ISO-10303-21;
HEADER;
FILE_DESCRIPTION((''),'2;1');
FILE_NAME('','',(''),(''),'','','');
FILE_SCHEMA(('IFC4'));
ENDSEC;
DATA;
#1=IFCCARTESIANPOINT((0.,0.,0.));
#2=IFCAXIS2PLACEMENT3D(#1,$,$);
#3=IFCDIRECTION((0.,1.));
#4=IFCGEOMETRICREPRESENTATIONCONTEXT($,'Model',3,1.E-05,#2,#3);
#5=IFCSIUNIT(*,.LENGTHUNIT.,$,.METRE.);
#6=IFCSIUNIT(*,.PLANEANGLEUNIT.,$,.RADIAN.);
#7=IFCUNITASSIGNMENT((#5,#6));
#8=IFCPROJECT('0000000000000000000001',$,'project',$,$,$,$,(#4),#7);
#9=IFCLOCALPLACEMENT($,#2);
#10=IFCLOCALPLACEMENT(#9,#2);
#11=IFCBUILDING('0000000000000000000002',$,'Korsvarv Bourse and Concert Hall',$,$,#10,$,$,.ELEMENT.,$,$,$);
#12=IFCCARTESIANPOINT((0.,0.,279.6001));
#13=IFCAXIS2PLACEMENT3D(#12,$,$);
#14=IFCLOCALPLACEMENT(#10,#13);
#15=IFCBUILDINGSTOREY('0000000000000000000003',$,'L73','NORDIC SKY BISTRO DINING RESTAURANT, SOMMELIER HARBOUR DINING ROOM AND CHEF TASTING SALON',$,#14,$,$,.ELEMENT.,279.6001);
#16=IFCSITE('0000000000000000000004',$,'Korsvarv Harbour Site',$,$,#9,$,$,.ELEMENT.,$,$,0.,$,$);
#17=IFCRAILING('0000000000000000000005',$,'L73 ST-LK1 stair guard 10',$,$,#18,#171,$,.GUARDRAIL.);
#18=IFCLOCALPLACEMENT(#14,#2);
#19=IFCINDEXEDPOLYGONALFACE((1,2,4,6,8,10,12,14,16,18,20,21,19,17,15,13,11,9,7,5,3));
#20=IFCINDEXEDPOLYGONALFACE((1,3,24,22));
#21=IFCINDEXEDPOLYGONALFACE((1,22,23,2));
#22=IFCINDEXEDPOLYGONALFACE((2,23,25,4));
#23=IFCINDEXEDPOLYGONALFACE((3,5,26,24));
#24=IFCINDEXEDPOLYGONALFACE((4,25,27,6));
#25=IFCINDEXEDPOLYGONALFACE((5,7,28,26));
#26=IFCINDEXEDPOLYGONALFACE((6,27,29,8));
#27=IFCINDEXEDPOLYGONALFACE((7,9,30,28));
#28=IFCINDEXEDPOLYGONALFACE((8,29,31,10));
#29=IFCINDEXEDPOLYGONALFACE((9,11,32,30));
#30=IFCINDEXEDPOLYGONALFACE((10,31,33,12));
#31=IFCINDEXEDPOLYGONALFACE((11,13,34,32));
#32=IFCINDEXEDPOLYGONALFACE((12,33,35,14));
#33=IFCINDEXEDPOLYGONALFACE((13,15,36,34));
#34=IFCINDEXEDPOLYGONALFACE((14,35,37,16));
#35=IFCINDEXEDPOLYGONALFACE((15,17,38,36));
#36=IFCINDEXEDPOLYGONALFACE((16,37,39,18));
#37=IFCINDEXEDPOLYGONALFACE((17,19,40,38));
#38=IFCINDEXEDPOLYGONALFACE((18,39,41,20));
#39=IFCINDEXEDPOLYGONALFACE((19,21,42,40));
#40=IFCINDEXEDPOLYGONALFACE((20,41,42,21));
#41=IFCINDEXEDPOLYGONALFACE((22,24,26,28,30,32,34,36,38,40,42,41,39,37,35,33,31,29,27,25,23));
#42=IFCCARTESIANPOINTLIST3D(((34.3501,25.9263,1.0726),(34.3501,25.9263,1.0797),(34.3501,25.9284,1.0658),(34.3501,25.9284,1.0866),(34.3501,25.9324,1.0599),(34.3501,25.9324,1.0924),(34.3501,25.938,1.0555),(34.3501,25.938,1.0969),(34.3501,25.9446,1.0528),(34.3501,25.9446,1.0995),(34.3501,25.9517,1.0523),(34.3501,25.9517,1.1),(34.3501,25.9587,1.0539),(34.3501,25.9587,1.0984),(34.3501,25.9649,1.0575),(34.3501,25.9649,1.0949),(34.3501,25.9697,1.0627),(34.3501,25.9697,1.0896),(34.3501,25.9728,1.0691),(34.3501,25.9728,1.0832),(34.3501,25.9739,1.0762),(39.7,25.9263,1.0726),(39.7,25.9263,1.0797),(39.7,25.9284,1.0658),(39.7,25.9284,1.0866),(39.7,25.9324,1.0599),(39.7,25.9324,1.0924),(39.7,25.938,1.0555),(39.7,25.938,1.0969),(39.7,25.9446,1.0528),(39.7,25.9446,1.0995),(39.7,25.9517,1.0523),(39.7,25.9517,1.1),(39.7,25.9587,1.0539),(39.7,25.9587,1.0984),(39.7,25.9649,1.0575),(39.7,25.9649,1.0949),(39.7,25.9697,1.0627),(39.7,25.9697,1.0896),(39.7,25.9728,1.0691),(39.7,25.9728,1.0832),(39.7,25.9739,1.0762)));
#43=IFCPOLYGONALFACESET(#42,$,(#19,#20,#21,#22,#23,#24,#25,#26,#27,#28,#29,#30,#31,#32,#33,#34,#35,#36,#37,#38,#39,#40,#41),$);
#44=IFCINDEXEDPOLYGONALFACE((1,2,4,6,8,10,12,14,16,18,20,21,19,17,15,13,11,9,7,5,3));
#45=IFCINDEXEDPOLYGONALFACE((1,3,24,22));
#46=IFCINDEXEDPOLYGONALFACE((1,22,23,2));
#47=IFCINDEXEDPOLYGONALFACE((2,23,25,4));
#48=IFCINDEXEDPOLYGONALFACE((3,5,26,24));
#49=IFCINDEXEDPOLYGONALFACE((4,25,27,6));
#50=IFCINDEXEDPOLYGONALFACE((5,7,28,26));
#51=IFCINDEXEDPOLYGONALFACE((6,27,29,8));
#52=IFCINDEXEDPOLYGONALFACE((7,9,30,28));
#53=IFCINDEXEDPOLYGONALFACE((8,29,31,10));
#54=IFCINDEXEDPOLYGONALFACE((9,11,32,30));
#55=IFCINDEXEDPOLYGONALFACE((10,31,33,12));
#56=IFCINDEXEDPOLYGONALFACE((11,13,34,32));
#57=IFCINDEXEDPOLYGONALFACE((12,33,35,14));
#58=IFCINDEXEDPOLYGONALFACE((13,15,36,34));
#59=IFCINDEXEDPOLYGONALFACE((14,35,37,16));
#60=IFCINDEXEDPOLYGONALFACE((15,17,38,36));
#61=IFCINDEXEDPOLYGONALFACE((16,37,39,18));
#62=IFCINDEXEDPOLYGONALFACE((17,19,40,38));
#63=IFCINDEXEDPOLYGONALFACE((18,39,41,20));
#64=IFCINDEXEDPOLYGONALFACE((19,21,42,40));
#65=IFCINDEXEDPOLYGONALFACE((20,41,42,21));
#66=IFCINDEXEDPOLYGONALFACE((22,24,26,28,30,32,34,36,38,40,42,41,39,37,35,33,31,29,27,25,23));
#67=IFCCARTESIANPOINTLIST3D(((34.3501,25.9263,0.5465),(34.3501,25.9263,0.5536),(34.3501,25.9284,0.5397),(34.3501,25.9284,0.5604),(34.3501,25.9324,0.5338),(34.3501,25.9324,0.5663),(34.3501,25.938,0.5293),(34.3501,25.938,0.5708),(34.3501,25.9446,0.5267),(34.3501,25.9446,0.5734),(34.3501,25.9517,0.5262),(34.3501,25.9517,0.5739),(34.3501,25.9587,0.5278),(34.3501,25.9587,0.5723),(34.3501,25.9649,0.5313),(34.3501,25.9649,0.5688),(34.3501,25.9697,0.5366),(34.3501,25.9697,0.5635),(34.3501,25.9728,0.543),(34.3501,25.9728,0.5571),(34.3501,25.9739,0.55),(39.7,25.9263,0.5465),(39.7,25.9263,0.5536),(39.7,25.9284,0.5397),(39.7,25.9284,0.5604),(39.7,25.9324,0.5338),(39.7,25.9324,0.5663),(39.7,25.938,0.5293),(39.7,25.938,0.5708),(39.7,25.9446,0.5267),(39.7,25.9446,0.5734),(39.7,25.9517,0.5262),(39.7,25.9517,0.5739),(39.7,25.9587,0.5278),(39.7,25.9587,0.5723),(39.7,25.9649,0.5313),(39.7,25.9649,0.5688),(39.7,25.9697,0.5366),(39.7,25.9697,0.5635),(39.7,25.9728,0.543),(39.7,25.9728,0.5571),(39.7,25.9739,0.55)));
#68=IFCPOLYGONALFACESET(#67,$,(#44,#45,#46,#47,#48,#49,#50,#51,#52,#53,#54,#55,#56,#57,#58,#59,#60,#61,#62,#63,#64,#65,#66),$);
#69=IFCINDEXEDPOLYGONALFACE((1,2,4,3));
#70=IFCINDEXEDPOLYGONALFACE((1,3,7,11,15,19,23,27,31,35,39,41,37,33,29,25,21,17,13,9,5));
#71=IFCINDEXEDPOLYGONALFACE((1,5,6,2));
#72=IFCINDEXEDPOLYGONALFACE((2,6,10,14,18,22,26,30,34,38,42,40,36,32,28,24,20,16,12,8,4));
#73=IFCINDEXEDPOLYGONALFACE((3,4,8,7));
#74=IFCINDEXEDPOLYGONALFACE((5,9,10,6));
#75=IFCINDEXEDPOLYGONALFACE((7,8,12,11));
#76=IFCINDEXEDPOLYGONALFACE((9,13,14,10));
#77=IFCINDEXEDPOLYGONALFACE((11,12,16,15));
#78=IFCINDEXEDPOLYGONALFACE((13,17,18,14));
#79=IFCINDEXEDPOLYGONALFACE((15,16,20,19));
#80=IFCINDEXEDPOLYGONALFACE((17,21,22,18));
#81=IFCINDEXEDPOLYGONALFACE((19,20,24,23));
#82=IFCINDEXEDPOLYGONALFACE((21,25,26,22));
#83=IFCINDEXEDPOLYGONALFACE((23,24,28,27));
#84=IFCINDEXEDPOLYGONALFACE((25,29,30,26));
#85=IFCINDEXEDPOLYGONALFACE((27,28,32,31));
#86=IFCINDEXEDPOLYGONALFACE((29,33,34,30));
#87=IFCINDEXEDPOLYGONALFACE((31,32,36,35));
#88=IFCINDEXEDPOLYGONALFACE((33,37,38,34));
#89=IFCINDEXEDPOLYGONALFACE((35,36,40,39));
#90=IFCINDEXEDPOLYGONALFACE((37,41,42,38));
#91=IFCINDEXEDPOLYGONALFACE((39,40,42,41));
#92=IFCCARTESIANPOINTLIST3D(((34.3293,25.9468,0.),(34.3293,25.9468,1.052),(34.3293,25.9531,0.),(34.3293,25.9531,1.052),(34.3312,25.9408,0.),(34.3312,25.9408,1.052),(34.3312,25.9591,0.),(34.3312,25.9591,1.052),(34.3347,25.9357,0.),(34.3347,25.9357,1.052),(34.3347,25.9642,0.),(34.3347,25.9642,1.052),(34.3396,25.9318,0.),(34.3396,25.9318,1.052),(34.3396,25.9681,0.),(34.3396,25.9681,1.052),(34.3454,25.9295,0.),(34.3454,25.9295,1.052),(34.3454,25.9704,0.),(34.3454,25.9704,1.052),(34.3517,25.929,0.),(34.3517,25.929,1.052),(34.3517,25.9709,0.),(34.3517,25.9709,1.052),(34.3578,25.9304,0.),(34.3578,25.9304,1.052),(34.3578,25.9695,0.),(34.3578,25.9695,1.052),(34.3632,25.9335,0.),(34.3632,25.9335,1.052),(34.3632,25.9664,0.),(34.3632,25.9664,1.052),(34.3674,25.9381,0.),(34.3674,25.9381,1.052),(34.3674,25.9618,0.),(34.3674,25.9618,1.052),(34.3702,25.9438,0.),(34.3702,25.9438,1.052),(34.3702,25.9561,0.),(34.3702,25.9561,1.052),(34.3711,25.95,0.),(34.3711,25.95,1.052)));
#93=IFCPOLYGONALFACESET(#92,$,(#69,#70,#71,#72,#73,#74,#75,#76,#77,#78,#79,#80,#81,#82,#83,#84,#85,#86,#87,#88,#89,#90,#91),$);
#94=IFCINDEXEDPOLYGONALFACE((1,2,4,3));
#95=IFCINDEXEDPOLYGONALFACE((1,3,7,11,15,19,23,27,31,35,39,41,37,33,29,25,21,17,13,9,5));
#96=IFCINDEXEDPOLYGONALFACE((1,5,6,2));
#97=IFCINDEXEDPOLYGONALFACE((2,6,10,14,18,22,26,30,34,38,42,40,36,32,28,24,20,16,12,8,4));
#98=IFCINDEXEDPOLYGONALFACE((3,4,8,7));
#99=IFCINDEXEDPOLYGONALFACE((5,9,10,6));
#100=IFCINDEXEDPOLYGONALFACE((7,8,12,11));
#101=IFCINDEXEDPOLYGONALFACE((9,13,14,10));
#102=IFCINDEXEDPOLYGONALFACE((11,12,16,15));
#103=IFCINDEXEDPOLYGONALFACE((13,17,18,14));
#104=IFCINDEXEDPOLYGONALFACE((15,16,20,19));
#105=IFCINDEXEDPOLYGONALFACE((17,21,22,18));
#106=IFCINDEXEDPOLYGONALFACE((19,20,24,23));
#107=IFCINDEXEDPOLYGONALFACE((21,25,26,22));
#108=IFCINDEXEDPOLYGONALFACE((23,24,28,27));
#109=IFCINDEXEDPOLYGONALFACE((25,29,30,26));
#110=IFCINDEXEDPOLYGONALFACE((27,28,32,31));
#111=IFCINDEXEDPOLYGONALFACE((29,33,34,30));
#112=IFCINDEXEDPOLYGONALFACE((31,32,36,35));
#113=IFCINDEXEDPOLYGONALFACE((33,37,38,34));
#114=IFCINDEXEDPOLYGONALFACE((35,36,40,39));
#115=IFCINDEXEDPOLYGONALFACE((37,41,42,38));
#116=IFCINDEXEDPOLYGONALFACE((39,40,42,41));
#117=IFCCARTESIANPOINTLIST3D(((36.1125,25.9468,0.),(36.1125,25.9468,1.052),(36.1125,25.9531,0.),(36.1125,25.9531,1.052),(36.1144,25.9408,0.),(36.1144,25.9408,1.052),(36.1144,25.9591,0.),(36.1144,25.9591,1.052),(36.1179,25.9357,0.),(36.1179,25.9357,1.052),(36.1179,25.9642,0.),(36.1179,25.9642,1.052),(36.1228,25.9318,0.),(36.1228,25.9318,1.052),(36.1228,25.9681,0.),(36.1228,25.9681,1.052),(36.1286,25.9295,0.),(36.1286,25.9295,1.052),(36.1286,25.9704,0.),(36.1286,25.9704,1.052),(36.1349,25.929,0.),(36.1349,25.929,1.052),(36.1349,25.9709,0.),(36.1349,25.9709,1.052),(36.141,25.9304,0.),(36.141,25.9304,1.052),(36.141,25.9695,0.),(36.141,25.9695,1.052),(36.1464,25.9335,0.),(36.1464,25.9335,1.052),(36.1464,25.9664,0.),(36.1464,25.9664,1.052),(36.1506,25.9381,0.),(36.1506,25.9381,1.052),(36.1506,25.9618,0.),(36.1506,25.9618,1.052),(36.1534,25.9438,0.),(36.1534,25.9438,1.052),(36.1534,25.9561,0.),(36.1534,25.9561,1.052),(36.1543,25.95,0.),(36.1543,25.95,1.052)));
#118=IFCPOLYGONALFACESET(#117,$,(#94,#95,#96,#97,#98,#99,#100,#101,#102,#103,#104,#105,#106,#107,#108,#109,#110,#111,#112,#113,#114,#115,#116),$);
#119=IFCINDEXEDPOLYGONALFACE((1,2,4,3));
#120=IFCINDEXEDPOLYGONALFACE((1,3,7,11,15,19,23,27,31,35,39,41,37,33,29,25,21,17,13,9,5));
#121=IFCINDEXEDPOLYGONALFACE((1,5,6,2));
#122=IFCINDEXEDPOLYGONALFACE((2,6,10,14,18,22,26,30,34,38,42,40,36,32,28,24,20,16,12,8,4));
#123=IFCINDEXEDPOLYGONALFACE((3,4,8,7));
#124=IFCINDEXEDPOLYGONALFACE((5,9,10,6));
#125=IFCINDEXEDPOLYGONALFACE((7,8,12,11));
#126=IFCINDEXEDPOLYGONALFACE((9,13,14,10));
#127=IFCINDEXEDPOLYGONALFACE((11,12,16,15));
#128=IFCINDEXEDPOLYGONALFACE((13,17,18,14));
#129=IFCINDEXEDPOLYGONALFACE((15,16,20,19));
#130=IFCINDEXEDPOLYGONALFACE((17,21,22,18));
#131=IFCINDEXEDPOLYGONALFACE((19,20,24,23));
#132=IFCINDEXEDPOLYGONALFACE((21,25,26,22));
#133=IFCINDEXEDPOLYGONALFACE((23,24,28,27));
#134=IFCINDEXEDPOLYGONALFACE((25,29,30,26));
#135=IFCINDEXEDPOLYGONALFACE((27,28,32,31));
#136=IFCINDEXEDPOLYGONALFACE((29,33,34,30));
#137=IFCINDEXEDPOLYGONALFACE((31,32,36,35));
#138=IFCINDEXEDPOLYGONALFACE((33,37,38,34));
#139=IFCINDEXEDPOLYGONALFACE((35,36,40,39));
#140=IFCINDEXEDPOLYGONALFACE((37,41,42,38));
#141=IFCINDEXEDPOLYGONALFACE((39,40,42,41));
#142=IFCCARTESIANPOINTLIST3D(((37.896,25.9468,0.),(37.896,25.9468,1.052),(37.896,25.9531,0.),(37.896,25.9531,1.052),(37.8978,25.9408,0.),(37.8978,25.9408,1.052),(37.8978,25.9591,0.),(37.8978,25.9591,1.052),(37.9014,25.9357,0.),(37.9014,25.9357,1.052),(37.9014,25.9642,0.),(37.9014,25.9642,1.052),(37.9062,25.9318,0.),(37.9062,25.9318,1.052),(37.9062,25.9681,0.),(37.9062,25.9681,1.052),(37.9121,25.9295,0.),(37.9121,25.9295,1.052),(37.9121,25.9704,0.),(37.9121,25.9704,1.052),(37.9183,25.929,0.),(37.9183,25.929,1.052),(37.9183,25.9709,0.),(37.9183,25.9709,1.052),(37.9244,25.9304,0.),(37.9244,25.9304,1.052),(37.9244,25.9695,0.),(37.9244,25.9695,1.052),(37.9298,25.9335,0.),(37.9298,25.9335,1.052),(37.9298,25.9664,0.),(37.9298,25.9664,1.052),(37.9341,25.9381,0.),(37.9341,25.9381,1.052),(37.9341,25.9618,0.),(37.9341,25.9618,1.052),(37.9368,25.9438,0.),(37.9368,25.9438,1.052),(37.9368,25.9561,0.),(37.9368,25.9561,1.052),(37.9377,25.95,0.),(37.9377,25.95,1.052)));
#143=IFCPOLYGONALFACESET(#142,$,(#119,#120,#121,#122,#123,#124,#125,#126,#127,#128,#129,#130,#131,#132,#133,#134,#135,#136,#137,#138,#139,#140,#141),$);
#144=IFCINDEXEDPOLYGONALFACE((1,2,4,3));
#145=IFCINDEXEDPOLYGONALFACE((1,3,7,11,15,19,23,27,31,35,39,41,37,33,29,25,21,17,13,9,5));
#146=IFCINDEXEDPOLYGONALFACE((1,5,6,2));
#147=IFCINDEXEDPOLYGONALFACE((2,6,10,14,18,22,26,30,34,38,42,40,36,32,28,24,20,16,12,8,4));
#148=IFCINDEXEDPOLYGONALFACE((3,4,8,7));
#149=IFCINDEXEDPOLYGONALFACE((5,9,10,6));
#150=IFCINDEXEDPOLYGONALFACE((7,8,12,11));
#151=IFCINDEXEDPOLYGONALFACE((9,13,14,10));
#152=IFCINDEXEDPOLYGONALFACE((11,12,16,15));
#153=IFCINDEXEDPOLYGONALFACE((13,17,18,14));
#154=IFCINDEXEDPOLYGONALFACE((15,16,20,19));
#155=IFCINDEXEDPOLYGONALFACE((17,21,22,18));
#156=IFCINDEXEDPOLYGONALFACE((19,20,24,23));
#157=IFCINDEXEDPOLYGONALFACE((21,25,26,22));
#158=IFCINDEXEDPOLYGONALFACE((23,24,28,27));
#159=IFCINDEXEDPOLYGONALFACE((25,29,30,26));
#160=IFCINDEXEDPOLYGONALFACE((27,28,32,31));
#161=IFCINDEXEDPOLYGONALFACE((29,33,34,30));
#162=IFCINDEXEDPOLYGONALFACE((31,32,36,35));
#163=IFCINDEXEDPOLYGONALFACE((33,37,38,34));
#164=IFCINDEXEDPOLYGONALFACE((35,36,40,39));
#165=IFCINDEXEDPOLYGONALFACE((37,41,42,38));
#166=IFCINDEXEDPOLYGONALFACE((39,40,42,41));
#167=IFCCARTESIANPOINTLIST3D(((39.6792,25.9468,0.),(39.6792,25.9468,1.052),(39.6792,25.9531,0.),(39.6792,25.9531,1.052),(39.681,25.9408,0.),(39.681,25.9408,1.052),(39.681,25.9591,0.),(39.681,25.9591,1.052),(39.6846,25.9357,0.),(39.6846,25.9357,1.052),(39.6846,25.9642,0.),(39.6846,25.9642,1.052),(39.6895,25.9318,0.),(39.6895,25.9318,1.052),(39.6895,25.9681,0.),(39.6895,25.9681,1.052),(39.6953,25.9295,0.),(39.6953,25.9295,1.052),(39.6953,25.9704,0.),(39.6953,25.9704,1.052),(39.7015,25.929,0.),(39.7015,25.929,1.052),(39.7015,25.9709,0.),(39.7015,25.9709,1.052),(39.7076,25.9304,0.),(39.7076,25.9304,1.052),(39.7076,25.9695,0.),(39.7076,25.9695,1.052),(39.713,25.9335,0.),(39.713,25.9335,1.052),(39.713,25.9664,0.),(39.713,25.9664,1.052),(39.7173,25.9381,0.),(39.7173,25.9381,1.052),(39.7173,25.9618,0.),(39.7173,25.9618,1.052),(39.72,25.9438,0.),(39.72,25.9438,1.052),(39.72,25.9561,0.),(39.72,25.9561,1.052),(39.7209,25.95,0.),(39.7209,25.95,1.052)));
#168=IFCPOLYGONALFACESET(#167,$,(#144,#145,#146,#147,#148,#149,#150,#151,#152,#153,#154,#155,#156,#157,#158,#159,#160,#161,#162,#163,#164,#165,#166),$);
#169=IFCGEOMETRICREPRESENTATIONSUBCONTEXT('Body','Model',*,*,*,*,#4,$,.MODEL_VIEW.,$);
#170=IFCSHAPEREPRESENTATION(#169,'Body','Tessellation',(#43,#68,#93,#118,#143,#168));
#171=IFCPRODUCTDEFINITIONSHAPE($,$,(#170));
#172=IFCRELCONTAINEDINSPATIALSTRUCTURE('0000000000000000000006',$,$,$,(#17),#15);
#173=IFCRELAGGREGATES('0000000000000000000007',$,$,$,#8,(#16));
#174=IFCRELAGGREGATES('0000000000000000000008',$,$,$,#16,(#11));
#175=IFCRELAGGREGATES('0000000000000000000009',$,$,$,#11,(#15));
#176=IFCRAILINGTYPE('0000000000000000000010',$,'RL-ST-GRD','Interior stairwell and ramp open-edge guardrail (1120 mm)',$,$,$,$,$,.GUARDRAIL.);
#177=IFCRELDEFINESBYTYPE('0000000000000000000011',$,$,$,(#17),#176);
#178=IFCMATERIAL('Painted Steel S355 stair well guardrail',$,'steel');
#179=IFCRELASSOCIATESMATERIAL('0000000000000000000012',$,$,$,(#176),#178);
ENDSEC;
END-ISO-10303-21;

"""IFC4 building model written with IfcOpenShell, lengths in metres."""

from ifc_helpers import new_model, si_unit, direction, frame, origin, origin_2d, place, context, subcontext, project, spatial, circle, extrude, material, type_object, element, save


model = new_model("IFC4")

# Units and contexts
model_context = context("Model", 3, precision=1e-05, world=origin(), true_north=direction((0.0, 1.0)))
body_context = subcontext(model_context, "Body", "Model", "MODEL_VIEW")
ifc_project = project(units=[si_unit("LENGTHUNIT", "METRE"), si_unit("PLANEANGLEUNIT", "RADIAN")], contexts=[model_context])

# Site, building, storey
site_placement = place(None, origin())
site = spatial("IfcSite", under=ifc_project, at=site_placement, Name="Korsvarv Harbour Site", CompositionType="ELEMENT", RefElevation=0.0)
building_placement = place(site_placement, origin())
building = spatial("IfcBuilding", under=site, at=building_placement, Name="Korsvarv Bourse and Concert Hall", CompositionType="ELEMENT")
storey_placement = place(building_placement, frame((0.0, 0.0, 279.6001)))
storey = spatial("IfcBuildingStorey", under=building, at=storey_placement, Name="L73", Description="NORDIC SKY BISTRO DINING RESTAURANT, SOMMELIER HARBOUR DINING ROOM AND CHEF TASTING SALON", CompositionType="ELEMENT", Elevation=279.6001)

# Railing
ifc_material_1 = material(Name="Painted Steel S355 stair well guardrail", Category="steel")
railing_type_1 = type_object("IfcRailingType", Name="RL-ST-GRD", Description="Interior stairwell and ramp open-edge guardrail (1120 mm)", PredefinedType="GUARDRAIL", material=ifc_material_1)
for number, where, name in (
    (1, (34.3501, 25.95, 0.0), "L73 ST-LK1 stair guard 10"),
):
    element("IfcRailing", number, at=place(storey_placement, frame(where)), inside=storey, type_object=railing_type_1, Name=name, PredefinedType="GUARDRAIL", context=body_context, shape_type="SweptSolid", body=[
        extrude(circle(Radius=0.0239, at=origin_2d()), frame((0.0, 0.0, 1.0762), z_axis=(1.0, 0.0, 0.0), x_axis=(0.0, 1.0, 0.0)), (0.0, 0.0, 1.0), 5.3499),
        extrude(circle(Radius=0.0239, at=origin_2d()), frame((0.0, 0.0, 0.55), z_axis=(1.0, 0.0, 0.0), x_axis=(0.0, 1.0, 0.0)), (0.0, 0.0, 1.0), 5.3499),
        extrude(circle(Radius=0.021, at=origin_2d()), origin(), (0.0, 0.0, 1.0), 1.052),
        extrude(circle(Radius=0.021, at=origin_2d()), frame((1.7832, 0.0, 0.0)), (0.0, 0.0, 1.0), 1.052),
        extrude(circle(Radius=0.021, at=origin_2d()), frame((3.5667, 0.0, 0.0)), (0.0, 0.0, 1.0), 1.052),
        extrude(circle(Radius=0.021, at=origin_2d()), frame((5.3499, 0.0, 0.0)), (0.0, 0.0, 1.0), 1.052),
    ])

save(model, "model.ifc")
